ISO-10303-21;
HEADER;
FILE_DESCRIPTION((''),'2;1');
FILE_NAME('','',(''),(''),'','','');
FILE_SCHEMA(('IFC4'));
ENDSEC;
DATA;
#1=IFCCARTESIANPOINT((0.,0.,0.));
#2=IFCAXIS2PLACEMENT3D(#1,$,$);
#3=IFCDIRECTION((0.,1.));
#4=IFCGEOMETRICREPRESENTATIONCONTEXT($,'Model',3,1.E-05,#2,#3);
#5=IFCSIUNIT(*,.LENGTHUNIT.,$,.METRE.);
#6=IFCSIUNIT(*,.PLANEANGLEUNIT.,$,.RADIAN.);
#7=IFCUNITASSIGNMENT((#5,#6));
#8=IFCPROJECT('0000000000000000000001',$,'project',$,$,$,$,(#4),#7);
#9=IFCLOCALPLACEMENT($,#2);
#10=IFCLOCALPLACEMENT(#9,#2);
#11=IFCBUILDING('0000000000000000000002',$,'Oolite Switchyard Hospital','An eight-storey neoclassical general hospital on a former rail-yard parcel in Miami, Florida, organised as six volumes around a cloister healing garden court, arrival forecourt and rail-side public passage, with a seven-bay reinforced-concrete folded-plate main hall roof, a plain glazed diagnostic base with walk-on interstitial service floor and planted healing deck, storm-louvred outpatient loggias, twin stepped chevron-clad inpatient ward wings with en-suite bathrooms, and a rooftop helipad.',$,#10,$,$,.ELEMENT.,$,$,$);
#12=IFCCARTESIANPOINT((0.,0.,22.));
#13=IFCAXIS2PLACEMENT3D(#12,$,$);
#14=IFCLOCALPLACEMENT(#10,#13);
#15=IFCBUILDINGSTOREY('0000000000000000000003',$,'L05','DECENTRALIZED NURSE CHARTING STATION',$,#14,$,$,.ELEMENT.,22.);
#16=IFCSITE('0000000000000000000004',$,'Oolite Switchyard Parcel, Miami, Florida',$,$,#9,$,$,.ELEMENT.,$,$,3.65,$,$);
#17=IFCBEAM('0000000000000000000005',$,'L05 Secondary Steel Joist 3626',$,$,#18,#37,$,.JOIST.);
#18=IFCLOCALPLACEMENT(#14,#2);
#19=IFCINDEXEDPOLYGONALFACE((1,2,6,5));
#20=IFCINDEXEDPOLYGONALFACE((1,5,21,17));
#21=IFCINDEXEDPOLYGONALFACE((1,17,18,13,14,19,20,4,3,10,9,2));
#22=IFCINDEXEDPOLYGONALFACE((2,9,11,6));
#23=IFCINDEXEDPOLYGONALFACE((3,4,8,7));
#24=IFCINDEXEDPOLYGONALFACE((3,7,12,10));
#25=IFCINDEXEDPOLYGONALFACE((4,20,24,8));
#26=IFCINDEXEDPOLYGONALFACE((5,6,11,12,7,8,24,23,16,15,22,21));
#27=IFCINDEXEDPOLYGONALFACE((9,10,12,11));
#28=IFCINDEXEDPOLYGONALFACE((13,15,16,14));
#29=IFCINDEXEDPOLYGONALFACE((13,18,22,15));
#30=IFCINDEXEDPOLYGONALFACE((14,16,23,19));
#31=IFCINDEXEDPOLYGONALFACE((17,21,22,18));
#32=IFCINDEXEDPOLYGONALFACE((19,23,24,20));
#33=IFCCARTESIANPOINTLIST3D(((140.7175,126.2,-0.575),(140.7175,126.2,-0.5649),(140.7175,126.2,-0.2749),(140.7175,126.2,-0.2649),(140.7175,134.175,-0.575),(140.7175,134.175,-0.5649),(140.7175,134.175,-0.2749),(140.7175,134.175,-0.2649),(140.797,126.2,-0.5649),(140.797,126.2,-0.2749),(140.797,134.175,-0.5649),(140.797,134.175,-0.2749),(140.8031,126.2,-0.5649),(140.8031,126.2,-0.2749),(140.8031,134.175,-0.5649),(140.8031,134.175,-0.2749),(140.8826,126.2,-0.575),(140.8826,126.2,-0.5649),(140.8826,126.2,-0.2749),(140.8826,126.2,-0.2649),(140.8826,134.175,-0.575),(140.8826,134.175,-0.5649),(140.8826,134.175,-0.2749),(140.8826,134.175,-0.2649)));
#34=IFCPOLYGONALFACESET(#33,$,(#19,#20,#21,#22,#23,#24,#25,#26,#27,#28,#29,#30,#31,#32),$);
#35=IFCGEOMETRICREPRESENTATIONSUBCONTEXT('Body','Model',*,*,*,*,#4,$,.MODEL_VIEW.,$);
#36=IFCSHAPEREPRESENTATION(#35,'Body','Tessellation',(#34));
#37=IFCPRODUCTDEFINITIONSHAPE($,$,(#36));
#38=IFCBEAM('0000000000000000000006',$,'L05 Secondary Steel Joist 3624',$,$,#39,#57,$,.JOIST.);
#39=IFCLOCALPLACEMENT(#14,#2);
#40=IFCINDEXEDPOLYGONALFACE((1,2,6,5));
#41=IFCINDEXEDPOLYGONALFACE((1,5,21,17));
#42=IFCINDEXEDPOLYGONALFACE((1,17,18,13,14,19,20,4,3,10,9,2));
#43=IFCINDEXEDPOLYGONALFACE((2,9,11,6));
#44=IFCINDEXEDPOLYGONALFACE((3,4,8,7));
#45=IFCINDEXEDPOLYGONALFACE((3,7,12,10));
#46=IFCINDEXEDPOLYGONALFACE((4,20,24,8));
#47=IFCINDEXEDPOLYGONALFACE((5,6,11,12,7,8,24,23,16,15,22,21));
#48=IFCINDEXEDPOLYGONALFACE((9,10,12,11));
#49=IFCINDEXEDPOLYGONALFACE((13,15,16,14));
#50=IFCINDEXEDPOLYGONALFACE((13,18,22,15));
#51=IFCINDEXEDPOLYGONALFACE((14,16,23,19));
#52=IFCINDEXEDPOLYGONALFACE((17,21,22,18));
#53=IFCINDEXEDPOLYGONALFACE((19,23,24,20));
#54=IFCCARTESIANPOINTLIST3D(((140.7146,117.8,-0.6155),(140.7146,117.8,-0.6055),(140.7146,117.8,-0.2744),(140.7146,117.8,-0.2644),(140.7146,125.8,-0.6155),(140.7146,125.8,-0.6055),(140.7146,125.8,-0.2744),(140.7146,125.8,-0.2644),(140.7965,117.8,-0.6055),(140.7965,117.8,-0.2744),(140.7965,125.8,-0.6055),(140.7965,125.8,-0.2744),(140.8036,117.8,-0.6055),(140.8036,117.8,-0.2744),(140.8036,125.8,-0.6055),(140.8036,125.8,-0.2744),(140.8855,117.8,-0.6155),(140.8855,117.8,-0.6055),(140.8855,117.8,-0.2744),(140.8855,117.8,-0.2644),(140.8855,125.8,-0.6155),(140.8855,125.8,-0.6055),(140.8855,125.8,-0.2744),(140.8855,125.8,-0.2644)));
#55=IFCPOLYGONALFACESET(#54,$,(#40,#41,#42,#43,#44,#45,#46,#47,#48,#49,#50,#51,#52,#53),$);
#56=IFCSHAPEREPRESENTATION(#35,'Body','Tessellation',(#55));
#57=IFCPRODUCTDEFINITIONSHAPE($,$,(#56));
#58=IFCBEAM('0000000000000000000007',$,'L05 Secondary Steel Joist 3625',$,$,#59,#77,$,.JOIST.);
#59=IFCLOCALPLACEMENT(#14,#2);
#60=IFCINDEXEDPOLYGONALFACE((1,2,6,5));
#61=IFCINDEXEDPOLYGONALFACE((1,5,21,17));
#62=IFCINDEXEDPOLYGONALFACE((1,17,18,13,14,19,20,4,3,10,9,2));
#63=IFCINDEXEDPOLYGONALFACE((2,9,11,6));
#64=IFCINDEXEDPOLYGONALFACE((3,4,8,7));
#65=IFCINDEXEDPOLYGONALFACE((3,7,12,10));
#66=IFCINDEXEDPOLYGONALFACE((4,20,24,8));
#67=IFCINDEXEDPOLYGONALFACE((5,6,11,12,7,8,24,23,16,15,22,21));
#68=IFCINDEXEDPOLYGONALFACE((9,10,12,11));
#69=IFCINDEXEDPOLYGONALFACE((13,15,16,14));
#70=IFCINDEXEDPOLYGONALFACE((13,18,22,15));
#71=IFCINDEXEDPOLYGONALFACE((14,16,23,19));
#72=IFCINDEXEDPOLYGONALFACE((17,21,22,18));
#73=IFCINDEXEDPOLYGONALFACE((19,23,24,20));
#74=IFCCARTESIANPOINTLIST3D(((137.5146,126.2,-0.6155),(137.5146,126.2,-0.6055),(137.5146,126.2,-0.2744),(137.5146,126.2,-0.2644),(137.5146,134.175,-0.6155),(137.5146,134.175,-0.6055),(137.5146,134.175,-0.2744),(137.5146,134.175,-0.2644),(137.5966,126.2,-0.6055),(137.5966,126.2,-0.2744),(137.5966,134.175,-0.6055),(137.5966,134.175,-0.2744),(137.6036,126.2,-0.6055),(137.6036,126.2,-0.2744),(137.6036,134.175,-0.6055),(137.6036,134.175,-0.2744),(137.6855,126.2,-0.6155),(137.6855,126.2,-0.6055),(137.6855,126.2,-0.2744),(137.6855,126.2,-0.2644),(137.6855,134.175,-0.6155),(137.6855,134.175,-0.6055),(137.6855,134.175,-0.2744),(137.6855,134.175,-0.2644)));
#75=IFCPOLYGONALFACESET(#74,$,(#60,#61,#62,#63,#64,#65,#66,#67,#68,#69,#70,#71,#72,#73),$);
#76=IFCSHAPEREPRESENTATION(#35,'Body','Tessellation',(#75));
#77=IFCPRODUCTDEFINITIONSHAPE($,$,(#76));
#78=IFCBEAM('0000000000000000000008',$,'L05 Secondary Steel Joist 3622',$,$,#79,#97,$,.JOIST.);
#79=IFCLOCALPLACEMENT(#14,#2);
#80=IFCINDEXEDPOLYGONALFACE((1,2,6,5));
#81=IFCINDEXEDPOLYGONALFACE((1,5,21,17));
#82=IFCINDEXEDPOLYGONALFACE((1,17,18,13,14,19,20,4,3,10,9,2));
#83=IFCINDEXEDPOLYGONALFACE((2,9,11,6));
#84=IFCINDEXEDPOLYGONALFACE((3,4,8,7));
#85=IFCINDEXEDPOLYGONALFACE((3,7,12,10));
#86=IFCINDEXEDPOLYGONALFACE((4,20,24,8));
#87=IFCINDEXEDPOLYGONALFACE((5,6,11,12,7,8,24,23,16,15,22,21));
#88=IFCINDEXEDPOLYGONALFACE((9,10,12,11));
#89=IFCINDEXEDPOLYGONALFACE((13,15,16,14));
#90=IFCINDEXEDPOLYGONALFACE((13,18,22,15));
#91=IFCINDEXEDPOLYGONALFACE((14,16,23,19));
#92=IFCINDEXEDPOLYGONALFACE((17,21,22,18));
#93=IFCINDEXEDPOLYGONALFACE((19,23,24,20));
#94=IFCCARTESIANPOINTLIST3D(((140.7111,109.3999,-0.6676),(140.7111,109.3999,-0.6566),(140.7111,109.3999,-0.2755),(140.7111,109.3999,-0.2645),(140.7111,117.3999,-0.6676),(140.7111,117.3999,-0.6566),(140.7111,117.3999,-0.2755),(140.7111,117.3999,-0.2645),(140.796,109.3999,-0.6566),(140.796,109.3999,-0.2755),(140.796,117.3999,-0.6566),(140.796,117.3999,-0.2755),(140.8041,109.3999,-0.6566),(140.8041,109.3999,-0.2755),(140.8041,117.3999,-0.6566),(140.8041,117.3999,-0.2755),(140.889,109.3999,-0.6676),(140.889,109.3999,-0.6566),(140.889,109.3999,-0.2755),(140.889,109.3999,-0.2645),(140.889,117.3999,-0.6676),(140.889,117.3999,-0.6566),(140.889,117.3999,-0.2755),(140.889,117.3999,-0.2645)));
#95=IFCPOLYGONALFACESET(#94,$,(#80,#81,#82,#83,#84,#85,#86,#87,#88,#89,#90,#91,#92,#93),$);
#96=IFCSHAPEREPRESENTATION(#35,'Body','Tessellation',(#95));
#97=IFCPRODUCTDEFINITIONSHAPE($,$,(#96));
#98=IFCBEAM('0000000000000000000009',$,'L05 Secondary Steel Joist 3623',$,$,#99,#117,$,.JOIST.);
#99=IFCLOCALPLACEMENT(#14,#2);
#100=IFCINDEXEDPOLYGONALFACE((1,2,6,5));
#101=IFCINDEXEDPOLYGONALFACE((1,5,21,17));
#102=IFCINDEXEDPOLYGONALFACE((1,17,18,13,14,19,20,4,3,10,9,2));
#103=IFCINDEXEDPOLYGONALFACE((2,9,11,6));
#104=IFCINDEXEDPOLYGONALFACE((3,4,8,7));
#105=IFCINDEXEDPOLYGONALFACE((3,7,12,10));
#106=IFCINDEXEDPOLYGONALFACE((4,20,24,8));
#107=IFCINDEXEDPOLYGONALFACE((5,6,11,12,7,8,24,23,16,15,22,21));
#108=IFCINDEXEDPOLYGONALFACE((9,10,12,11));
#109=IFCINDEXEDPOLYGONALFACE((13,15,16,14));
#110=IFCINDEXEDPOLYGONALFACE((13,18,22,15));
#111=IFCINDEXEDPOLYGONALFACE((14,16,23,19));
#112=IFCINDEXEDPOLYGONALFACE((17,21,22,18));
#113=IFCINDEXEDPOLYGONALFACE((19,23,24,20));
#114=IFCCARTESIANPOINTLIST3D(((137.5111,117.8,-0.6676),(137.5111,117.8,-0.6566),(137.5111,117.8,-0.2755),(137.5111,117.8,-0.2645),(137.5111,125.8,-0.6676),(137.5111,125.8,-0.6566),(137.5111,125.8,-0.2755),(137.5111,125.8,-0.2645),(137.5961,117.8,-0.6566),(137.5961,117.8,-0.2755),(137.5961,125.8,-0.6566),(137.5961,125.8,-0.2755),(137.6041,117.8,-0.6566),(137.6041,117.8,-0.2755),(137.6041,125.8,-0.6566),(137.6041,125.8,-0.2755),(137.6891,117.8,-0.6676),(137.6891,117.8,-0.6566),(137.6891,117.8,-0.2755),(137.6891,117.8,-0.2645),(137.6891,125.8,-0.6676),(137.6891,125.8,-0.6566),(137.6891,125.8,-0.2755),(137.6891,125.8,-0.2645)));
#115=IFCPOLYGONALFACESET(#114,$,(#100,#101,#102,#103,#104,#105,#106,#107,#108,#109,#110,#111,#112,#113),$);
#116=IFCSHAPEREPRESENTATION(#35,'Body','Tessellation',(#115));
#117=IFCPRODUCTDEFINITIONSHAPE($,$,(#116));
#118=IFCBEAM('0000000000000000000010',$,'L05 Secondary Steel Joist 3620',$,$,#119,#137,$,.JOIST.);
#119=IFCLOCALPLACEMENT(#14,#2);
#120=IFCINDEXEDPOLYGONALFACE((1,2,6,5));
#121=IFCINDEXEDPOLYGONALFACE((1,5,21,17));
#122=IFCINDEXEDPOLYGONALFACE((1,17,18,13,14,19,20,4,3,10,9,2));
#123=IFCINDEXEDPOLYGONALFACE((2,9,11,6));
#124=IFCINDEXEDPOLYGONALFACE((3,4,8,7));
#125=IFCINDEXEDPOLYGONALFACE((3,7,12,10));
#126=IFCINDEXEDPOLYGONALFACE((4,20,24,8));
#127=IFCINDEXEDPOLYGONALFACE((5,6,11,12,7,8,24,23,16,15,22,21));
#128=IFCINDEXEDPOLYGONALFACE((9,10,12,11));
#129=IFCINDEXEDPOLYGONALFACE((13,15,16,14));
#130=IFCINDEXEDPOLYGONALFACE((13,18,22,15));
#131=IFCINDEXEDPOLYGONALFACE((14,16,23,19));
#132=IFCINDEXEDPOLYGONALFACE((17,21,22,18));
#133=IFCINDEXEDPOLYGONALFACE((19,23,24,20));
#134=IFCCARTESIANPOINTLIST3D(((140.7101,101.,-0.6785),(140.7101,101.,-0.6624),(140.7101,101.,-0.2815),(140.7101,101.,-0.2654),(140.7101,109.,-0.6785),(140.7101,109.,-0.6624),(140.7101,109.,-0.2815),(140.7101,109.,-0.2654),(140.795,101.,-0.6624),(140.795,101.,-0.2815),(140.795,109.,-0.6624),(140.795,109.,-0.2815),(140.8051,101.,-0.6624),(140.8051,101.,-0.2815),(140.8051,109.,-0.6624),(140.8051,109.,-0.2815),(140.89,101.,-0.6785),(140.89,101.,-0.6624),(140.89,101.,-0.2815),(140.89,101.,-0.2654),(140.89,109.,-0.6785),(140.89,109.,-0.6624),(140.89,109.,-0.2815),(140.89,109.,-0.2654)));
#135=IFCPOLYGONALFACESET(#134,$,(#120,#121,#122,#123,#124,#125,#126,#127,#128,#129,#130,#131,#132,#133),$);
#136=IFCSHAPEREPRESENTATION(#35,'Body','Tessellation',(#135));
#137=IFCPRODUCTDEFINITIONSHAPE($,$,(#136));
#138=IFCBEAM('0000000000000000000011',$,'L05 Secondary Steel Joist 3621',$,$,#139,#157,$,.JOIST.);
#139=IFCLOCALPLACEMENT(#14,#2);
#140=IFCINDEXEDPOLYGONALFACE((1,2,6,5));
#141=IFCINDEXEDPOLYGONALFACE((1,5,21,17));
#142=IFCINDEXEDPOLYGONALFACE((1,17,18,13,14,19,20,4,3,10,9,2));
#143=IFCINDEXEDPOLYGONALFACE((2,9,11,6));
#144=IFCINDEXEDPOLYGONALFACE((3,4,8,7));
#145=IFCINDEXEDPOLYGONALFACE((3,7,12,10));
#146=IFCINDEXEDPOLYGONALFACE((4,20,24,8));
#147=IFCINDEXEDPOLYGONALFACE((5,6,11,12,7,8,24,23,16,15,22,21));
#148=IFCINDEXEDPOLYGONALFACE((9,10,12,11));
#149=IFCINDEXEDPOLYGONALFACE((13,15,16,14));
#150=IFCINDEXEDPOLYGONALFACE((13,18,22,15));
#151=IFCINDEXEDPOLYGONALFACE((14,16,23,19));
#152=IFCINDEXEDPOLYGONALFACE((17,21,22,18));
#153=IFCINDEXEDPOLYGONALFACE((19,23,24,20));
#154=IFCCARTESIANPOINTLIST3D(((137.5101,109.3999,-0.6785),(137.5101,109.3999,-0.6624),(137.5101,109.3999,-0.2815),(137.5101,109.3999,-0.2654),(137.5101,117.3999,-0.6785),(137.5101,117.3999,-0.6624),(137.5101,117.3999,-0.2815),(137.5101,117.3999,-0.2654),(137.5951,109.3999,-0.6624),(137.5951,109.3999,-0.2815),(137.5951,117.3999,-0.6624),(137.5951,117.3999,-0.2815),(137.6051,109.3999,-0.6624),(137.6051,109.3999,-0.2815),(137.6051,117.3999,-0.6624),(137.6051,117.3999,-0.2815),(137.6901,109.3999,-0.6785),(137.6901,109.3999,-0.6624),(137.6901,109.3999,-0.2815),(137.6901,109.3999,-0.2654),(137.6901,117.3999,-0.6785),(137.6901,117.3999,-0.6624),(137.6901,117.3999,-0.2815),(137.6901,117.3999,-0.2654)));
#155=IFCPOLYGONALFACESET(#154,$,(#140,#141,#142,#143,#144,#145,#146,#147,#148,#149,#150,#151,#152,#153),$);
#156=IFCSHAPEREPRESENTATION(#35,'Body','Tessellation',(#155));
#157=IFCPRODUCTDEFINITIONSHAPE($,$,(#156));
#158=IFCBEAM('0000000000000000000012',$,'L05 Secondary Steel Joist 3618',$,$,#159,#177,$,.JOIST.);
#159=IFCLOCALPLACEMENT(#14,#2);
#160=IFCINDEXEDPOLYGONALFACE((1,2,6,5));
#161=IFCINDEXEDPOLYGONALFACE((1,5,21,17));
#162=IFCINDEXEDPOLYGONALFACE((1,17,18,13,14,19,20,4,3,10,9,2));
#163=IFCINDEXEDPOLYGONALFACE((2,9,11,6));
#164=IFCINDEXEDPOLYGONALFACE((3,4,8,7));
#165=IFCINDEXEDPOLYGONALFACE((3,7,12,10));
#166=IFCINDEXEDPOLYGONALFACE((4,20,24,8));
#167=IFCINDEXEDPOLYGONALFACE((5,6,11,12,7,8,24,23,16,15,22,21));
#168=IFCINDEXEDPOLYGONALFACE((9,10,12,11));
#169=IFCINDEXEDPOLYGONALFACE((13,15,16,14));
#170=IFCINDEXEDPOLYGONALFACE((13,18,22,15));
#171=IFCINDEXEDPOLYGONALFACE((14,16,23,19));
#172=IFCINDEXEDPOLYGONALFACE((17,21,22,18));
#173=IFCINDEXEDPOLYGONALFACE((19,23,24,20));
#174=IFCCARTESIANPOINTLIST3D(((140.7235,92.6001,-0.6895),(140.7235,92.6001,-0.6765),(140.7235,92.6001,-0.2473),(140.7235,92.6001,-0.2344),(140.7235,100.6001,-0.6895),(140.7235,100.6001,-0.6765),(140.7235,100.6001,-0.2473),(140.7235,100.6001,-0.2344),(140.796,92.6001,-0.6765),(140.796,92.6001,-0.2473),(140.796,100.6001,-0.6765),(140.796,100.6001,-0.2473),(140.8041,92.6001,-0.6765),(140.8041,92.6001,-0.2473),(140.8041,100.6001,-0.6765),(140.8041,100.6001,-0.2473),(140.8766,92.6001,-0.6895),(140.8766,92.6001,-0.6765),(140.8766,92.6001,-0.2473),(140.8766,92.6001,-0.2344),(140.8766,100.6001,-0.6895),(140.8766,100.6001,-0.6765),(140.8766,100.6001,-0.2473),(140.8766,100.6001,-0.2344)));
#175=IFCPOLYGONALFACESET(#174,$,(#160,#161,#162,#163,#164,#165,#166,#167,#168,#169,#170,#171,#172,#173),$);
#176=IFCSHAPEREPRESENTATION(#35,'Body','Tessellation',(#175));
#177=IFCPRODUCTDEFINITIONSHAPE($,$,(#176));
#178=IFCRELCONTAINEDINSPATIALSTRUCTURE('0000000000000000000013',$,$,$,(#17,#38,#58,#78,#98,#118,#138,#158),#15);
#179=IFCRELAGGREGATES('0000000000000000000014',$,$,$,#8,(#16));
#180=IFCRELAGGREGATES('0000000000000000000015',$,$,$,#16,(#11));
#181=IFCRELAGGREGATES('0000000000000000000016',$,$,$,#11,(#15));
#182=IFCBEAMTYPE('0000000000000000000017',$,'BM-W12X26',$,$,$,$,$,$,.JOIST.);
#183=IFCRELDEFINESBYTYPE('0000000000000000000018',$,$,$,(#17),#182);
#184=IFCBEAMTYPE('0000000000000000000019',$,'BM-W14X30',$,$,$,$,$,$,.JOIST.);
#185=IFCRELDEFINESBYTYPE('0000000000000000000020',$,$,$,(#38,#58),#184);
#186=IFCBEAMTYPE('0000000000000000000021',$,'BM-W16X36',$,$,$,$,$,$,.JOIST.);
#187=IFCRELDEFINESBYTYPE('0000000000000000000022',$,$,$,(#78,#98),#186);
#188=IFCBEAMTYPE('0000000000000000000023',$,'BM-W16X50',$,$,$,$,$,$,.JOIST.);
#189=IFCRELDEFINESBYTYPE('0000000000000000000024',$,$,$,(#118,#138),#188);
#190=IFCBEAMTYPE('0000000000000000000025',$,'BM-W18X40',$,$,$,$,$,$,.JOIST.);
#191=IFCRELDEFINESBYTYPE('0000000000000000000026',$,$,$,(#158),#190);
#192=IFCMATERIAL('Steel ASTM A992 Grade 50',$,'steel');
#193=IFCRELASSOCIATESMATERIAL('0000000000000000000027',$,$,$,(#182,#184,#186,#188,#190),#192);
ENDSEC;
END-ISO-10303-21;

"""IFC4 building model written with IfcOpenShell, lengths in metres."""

from ifc_helpers import new_model, si_unit, direction, frame, origin, origin_2d, place, context, subcontext, project, spatial, i_section, extrude, material, material_profile, profile_set, type_object, element, save


model = new_model("IFC4")

# Units and contexts
model_context = context("Model", 3, precision=1e-05, world=origin(), true_north=direction((0.0, 1.0)))
body_context = subcontext(model_context, "Body", "Model", "MODEL_VIEW")
ifc_project = project(units=[si_unit("LENGTHUNIT", "METRE"), si_unit("PLANEANGLEUNIT", "RADIAN")], contexts=[model_context])

# Site, building, storey
site_placement = place(None, origin())
site = spatial("IfcSite", under=ifc_project, at=site_placement, Name="Oolite Switchyard Parcel, Miami, Florida", CompositionType="ELEMENT", RefElevation=3.65)
building_placement = place(site_placement, origin())
building = spatial("IfcBuilding", under=site, at=building_placement, Name="Oolite Switchyard Hospital", Description="An eight-storey neoclassical general hospital on a former rail-yard parcel in Miami, Florida, organised as six volumes around a cloister healing garden court, arrival forecourt and rail-side public passage, with a seven-bay reinforced-concrete folded-plate main hall roof, a plain glazed diagnostic base with walk-on interstitial service floor and planted healing deck, storm-louvred outpatient loggias, twin stepped chevron-clad inpatient ward wings with en-suite bathrooms, and a rooftop helipad.", CompositionType="ELEMENT")
storey_placement = place(building_placement, frame((0.0, 0.0, 22.0)))
storey = spatial("IfcBuildingStorey", under=building, at=storey_placement, Name="L05", Description="DECENTRALIZED NURSE CHARTING STATION", CompositionType="ELEMENT", Elevation=22.0)

# Beams
ifc_material_1 = material(Name="Steel ASTM A992 Grade 50", Category="steel")
ifc_material_profile_1 = material_profile(ifc_material_1, i_section(OverallWidth=0.165, OverallDepth=0.3101, WebThickness=0.0061, FlangeThickness=0.01, at=origin_2d()), Name="W12X26")
ifc_profile_set_1 = profile_set([ifc_material_profile_1], Name="Steel ASTM A992 Grade 50")
beam_type_1 = type_object("IfcBeamType", Name="BM-W12X26", PredefinedType="JOIST", material=ifc_profile_set_1)
beam_1_placement = place(storey_placement, frame((140.8, 126.2, -0.4199), z_axis=(0.0, 1.0, 0.0), x_axis=(-1.0, 0.0, 0.0)))
element("IfcBeam", 1, at=beam_1_placement, inside=storey, type_object=beam_type_1, Name="L05 Secondary Steel Joist 3626", PredefinedType="JOIST", context=body_context, shape_type="SweptSolid", body=[
    extrude(i_section(OverallWidth=0.165, OverallDepth=0.3101, WebThickness=0.0061, FlangeThickness=0.01, at=origin_2d()), origin(), (0.0, 0.0, 1.0), 7.9751),
])
ifc_material_profile_2 = material_profile(ifc_material_1, i_section(OverallWidth=0.1709, OverallDepth=0.3511, WebThickness=0.0071, FlangeThickness=0.01, at=origin_2d()), Name="W14X30")
ifc_profile_set_2 = profile_set([ifc_material_profile_2], Name="Steel ASTM A992 Grade 50")
beam_type_2 = type_object("IfcBeamType", Name="BM-W14X30", PredefinedType="JOIST", material=ifc_profile_set_2)
beam_2_placement = place(storey_placement, frame((140.8, 117.8, -0.4399), z_axis=(0.0, 1.0, 0.0), x_axis=(-1.0, 0.0, 0.0)))
element("IfcBeam", 2, at=beam_2_placement, inside=storey, type_object=beam_type_2, Name="L05 Secondary Steel Joist 3624", PredefinedType="JOIST", context=body_context, shape_type="SweptSolid", body=[
    extrude(i_section(OverallWidth=0.1709, OverallDepth=0.3511, WebThickness=0.0071, FlangeThickness=0.01, at=origin_2d()), origin(), (0.0, 0.0, 1.0), 8.0),
])
beam_3_placement = place(storey_placement, frame((137.6001, 126.2, -0.4399), z_axis=(0.0, 1.0, 0.0), x_axis=(-1.0, 0.0, 0.0)))
element("IfcBeam", 3, at=beam_3_placement, inside=storey, type_object=beam_type_2, Name="L05 Secondary Steel Joist 3625", PredefinedType="JOIST", context=body_context, shape_type="SweptSolid", body=[
    extrude(i_section(OverallWidth=0.1709, OverallDepth=0.3511, WebThickness=0.0071, FlangeThickness=0.01, at=origin_2d()), origin(), (0.0, 0.0, 1.0), 7.9751),
])
ifc_material_profile_3 = material_profile(ifc_material_1, i_section(OverallWidth=0.178, OverallDepth=0.4031, WebThickness=0.0081, FlangeThickness=0.011, at=origin_2d()), Name="W16X36")
ifc_profile_set_3 = profile_set([ifc_material_profile_3], Name="Steel ASTM A992 Grade 50")
beam_type_3 = type_object("IfcBeamType", Name="BM-W16X36", PredefinedType="JOIST", material=ifc_profile_set_3)
for number, where, z_axis, x_axis, name in (
    (4, (140.8, 109.3999, -0.4661), (0.0, 1.0, 0.0), (-1.0, 0.0, 0.0), "L05 Secondary Steel Joist 3622"),
    (5, (137.6001, 117.8, -0.4661), (0.0, 1.0, 0.0), (-1.0, 0.0, 0.0), "L05 Secondary Steel Joist 3623"),
):
    element("IfcBeam", number, at=place(storey_placement, frame(where, z_axis=z_axis, x_axis=x_axis)), inside=storey, type_object=beam_type_3, Name=name, PredefinedType="JOIST", context=body_context, shape_type="SweptSolid", body=[
        extrude(i_section(OverallWidth=0.178, OverallDepth=0.4031, WebThickness=0.0081, FlangeThickness=0.011, at=origin_2d()), origin(), (0.0, 0.0, 1.0), 8.0),
    ])
ifc_material_profile_4 = material_profile(ifc_material_1, i_section(OverallWidth=0.1799, OverallDepth=0.4131, WebThickness=0.01, FlangeThickness=0.0161, at=origin_2d()), Name="W16X50")
ifc_profile_set_4 = profile_set([ifc_material_profile_4], Name="Steel ASTM A992 Grade 50")
beam_type_4 = type_object("IfcBeamType", Name="BM-W16X50", PredefinedType="JOIST", material=ifc_profile_set_4)
for number, where, z_axis, x_axis, name in (
    (6, (140.8, 101.0, -0.4719), (0.0, 1.0, 0.0), (-1.0, 0.0, 0.0), "L05 Secondary Steel Joist 3620"),
    (7, (137.6001, 109.3999, -0.4719), (0.0, 1.0, 0.0), (-1.0, 0.0, 0.0), "L05 Secondary Steel Joist 3621"),
):
    element("IfcBeam", number, at=place(storey_placement, frame(where, z_axis=z_axis, x_axis=x_axis)), inside=storey, type_object=beam_type_4, Name=name, PredefinedType="JOIST", context=body_context, shape_type="SweptSolid", body=[
        extrude(i_section(OverallWidth=0.1799, OverallDepth=0.4131, WebThickness=0.01, FlangeThickness=0.0161, at=origin_2d()), origin(), (0.0, 0.0, 1.0), 8.0),
    ])
ifc_material_profile_5 = material_profile(ifc_material_1, i_section(OverallWidth=0.1531, OverallDepth=0.4551, WebThickness=0.0081, FlangeThickness=0.0129, at=origin_2d()), Name="W18X40")
ifc_profile_set_5 = profile_set([ifc_material_profile_5], Name="Steel ASTM A992 Grade 50")
beam_type_5 = type_object("IfcBeamType", Name="BM-W18X40", PredefinedType="JOIST", material=ifc_profile_set_5)
for number, where, z_axis, x_axis, name in (
    (8, (140.8, 92.6001, -0.4619), (0.0, 1.0, 0.0), (-1.0, 0.0, 0.0), "L05 Secondary Steel Joist 3618"),
):
    element("IfcBeam", number, at=place(storey_placement, frame(where, z_axis=z_axis, x_axis=x_axis)), inside=storey, type_object=beam_type_5, Name=name, PredefinedType="JOIST", context=body_context, shape_type="SweptSolid", body=[
        extrude(i_section(OverallWidth=0.1531, OverallDepth=0.4551, WebThickness=0.0081, FlangeThickness=0.0129, at=origin_2d()), origin(), (0.0, 0.0, 1.0), 8.0),
    ])

save(model, "model.ifc")
